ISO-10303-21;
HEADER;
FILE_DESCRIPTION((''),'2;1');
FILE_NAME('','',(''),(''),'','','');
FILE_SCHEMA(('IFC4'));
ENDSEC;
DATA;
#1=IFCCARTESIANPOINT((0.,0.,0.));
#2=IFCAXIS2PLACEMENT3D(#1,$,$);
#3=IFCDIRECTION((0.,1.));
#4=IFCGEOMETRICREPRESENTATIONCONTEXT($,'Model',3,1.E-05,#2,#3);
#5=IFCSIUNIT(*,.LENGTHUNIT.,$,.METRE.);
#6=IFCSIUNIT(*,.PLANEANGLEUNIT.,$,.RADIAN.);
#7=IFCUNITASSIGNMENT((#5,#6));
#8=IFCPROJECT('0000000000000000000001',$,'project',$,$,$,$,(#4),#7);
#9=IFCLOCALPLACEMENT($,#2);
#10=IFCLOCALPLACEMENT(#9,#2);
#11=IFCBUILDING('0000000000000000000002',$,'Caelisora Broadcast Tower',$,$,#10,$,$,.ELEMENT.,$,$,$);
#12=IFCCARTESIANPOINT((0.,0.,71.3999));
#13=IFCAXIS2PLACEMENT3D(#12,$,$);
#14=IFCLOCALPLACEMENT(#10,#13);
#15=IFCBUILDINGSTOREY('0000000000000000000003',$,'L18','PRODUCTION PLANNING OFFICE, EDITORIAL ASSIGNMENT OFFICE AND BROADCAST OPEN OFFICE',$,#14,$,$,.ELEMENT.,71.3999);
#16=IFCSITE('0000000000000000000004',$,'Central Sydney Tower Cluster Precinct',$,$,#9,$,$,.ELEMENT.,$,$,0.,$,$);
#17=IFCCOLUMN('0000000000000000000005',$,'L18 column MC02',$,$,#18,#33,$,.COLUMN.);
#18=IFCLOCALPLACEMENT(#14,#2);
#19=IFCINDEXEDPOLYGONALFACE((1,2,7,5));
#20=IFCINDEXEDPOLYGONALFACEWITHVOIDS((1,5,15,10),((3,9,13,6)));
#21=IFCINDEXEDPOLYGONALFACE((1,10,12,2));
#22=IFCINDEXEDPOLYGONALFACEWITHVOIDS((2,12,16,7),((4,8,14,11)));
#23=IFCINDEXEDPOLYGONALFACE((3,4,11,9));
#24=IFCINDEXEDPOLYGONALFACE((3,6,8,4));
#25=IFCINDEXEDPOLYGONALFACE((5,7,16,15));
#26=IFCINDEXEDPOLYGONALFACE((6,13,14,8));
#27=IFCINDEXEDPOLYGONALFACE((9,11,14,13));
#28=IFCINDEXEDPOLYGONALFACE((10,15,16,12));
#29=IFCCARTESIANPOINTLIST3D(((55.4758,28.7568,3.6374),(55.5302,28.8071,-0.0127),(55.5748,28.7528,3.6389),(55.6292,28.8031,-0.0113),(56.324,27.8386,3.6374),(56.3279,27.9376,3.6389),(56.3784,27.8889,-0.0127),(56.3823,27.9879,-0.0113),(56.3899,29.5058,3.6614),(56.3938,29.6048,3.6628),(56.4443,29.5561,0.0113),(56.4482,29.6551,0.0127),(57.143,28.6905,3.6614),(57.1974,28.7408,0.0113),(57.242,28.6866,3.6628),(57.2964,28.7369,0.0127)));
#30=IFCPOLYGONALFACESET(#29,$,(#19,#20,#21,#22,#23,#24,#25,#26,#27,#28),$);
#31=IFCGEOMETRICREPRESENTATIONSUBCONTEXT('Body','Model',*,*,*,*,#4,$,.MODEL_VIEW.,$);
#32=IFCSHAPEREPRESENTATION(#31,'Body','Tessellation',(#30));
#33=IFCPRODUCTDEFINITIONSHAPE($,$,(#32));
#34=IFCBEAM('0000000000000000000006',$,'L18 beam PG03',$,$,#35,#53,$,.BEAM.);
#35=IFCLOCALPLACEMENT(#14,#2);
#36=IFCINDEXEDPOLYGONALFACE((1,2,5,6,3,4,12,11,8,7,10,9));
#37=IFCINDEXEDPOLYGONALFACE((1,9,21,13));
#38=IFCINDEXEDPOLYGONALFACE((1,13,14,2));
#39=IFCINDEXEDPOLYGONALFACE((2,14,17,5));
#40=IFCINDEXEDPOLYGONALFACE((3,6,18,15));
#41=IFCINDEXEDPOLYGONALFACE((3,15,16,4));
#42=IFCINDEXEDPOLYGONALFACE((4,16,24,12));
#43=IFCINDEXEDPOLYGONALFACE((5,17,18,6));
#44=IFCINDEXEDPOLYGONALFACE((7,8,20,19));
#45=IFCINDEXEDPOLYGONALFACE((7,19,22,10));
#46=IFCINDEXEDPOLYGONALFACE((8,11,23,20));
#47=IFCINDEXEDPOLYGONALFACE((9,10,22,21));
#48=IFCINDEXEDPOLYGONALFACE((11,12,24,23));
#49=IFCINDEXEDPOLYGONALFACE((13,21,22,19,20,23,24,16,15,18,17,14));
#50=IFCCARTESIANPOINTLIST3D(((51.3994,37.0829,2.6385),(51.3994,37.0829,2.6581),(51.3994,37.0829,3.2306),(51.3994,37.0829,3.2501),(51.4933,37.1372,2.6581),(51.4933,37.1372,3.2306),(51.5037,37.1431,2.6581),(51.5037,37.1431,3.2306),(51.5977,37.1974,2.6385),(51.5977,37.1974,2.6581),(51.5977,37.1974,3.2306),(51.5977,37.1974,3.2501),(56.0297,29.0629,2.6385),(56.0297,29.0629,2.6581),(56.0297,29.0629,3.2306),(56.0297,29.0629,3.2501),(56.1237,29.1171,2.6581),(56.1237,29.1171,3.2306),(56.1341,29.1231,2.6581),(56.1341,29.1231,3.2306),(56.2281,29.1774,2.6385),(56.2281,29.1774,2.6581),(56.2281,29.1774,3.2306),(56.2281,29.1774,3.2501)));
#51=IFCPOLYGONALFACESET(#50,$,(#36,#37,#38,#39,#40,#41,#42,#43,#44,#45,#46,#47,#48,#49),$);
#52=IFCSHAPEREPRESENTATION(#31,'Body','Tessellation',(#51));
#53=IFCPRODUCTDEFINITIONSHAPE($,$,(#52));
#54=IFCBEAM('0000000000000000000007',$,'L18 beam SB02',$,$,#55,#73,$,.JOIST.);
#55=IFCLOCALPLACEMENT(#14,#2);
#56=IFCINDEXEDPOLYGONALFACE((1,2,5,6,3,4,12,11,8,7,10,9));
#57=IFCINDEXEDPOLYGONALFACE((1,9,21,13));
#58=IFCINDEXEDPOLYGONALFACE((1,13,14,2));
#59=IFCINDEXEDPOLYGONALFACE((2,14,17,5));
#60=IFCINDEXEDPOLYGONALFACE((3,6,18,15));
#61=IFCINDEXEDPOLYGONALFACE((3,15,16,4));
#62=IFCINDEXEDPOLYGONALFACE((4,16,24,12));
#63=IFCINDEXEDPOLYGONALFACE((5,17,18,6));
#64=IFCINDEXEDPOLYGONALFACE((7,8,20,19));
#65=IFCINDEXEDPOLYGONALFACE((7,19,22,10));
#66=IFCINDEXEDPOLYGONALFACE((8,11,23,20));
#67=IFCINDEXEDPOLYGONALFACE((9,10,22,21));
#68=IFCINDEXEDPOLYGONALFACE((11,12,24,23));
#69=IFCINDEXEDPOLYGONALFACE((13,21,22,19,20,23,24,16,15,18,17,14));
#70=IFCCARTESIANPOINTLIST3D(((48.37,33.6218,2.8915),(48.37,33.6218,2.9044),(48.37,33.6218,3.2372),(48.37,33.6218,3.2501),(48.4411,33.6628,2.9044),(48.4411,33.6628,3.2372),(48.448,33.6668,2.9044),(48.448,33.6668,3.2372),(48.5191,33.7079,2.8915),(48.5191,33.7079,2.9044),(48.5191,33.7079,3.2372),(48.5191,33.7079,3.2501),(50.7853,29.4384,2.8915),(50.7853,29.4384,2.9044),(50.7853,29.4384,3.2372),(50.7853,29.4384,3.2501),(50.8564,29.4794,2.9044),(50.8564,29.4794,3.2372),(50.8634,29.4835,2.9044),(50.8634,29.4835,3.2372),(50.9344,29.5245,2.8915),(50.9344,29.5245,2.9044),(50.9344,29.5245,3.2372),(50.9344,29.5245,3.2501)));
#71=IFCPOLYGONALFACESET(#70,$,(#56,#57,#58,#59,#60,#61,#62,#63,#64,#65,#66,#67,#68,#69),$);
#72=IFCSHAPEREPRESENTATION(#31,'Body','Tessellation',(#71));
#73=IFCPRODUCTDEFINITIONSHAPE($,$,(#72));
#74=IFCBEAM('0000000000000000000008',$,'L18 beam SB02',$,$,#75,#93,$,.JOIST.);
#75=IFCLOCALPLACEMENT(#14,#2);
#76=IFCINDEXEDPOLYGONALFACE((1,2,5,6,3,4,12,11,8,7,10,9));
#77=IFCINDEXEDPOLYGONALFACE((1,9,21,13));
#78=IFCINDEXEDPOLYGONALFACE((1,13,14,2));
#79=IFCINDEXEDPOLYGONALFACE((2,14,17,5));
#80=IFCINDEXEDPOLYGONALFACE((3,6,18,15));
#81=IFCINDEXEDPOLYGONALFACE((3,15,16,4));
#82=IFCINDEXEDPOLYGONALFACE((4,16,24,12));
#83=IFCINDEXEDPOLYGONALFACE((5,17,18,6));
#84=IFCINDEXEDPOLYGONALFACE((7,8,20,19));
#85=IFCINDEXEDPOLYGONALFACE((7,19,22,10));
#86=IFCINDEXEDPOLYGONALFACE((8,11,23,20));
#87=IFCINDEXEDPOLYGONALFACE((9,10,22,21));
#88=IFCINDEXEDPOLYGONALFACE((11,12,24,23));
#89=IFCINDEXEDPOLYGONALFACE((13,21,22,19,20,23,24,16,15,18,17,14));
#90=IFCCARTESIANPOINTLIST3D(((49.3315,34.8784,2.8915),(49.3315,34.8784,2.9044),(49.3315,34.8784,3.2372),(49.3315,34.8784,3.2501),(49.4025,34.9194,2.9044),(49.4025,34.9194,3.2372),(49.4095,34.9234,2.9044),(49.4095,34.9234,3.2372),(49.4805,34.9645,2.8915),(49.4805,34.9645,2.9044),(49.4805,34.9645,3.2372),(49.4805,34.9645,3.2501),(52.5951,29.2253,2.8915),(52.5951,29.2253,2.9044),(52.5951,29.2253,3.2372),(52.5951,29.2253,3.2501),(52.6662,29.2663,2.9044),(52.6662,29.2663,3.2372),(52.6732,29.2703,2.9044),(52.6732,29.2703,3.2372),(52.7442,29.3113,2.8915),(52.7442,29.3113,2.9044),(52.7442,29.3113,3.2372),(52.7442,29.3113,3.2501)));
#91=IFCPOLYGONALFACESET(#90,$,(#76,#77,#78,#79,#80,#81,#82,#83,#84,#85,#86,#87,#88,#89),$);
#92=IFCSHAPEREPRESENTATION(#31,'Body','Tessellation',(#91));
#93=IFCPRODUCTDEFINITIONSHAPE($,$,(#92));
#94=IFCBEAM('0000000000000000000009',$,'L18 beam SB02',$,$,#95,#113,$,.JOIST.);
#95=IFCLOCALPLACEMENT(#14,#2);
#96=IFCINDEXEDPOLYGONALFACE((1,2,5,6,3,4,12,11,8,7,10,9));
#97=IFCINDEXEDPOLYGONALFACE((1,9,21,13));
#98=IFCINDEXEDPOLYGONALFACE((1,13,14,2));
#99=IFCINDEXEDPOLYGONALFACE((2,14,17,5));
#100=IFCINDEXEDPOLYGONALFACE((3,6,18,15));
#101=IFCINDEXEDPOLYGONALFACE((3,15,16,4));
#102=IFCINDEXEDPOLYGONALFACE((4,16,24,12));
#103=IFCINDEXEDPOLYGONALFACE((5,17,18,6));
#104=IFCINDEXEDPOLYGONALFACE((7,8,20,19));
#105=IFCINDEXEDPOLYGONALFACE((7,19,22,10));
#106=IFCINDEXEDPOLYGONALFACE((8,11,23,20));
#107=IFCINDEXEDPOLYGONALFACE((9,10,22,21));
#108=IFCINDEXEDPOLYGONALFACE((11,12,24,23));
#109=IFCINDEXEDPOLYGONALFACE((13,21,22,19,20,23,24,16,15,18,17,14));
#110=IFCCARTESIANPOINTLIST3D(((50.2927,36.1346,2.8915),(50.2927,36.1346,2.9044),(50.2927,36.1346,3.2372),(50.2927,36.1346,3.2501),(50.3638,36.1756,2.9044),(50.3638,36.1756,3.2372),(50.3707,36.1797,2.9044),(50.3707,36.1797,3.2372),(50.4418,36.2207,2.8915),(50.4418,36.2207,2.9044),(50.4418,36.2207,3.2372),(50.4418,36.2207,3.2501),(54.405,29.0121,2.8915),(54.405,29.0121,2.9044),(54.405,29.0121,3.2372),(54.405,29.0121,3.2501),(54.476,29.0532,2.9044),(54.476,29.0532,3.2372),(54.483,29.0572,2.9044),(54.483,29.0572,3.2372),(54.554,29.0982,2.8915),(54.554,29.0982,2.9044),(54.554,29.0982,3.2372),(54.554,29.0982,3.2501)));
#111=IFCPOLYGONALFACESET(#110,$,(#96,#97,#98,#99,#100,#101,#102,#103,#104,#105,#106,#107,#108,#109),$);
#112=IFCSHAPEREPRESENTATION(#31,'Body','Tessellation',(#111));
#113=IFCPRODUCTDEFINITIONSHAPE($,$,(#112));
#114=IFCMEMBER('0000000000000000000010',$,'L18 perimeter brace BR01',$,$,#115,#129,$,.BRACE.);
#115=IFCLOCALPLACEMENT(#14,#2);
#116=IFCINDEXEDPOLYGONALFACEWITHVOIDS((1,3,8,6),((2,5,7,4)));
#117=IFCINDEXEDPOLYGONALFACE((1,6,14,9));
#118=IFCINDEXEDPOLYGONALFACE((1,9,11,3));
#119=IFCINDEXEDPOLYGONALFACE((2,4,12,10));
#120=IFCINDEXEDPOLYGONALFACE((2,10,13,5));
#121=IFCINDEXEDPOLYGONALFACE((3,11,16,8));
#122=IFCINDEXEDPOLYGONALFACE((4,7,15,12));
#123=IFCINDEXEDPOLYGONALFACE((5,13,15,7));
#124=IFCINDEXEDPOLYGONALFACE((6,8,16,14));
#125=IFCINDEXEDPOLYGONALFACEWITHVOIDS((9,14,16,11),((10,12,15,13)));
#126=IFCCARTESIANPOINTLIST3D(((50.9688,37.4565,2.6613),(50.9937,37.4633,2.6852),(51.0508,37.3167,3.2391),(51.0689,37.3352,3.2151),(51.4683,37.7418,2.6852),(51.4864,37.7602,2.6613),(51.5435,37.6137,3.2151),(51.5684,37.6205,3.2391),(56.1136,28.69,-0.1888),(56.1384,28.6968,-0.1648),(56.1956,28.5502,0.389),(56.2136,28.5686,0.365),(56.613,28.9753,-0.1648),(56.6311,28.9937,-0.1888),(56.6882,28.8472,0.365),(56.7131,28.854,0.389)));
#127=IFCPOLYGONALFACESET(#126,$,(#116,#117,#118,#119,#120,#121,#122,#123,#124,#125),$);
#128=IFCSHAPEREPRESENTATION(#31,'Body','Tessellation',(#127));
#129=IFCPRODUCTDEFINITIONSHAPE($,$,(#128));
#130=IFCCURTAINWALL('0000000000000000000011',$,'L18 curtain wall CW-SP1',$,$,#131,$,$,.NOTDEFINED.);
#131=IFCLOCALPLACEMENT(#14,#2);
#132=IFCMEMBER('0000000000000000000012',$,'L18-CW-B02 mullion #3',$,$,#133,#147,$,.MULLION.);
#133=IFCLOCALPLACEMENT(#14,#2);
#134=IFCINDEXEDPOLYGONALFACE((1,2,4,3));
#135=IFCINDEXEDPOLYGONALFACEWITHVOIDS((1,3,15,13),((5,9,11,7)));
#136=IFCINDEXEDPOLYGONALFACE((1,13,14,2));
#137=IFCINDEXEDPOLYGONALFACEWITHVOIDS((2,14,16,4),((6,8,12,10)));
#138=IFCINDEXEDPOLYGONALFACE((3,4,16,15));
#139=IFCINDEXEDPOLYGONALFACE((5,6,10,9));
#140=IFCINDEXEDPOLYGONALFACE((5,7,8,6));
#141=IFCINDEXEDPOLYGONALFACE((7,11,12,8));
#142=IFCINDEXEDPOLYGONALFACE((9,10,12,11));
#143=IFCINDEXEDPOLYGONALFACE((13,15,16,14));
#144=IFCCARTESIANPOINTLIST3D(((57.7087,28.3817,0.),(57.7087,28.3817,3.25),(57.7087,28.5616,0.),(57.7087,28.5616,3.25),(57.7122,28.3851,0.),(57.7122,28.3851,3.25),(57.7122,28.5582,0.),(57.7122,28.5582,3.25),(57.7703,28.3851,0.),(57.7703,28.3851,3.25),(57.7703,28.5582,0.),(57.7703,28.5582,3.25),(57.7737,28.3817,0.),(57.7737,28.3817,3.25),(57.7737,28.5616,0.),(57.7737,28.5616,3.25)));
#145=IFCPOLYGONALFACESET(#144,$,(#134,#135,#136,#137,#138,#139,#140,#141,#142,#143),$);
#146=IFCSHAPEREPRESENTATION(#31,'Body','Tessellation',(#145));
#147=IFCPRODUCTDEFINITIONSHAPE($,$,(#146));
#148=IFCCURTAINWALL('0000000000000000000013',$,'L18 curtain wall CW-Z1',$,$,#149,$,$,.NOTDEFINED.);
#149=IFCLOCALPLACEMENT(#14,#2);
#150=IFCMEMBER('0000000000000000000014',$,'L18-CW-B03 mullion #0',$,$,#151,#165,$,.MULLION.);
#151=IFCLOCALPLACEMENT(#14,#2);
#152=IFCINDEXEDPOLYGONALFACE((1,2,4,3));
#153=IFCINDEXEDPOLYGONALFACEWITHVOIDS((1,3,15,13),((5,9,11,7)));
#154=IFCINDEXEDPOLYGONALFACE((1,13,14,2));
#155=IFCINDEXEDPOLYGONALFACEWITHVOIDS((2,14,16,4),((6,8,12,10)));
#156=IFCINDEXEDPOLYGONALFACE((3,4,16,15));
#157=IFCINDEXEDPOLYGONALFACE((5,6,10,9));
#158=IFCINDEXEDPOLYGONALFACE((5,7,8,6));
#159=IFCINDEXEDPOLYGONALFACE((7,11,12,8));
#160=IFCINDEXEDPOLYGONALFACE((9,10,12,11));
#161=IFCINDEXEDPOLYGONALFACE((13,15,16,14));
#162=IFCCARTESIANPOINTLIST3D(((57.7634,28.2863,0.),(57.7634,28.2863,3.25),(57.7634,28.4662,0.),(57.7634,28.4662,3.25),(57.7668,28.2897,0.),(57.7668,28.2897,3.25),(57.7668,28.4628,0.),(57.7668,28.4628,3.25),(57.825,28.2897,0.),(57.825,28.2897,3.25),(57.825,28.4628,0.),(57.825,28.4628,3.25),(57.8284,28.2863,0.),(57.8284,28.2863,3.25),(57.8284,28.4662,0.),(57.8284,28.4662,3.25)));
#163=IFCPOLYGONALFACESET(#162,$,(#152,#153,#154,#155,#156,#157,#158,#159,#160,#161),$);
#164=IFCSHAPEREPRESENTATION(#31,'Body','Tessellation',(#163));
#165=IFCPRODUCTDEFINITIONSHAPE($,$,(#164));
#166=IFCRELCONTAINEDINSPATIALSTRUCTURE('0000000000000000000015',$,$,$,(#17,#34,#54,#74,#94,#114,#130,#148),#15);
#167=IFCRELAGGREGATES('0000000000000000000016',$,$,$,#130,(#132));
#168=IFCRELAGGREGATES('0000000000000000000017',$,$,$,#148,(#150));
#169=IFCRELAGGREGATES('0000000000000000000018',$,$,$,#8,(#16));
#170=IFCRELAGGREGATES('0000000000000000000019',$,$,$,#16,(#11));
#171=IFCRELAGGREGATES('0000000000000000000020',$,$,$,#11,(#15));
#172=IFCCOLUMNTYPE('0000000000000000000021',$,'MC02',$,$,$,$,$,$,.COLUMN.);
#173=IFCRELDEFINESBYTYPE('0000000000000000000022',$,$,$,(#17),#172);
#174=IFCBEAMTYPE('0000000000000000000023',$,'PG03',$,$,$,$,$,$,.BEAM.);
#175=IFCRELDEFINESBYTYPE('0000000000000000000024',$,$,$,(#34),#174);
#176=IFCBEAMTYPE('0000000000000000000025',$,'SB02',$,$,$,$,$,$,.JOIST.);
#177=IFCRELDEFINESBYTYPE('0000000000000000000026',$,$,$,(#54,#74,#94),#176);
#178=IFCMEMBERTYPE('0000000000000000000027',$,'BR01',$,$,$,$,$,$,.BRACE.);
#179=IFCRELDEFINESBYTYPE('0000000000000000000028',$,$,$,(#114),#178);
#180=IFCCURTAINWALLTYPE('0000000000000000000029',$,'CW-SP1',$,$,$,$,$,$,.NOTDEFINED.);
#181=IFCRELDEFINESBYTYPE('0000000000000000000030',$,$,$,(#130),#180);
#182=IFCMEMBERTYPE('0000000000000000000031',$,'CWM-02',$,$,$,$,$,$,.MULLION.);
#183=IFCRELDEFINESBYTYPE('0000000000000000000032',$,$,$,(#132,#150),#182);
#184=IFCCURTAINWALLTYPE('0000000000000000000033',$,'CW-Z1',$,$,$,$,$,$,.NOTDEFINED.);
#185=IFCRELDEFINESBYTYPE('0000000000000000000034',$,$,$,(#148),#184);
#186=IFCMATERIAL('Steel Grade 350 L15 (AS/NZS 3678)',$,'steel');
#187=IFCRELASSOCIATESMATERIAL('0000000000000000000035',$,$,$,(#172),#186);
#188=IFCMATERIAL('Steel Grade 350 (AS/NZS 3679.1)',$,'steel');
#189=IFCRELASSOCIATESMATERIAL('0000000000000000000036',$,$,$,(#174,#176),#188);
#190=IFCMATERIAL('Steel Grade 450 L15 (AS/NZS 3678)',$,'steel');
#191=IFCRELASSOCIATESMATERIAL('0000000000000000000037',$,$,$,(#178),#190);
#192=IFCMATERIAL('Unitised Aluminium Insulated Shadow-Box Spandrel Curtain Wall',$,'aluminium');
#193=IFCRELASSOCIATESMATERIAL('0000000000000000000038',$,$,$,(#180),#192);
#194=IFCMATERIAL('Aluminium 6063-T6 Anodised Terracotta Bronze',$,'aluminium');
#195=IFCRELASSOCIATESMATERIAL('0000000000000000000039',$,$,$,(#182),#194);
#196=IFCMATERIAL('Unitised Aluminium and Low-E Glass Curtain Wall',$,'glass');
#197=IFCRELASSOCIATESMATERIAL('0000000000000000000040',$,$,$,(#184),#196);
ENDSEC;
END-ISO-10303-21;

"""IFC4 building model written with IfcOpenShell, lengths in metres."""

from ifc_helpers import new_model, si_unit, direction, frame, origin, origin_2d, place, context, subcontext, project, spatial, hollow_rectangle, i_section, extrude, source, transform, mapped, material, material_profile, profile_set, type_object, type_shapes, element, aggregate, save


model = new_model("IFC4")

# Units and contexts
model_context = context("Model", 3, precision=1e-05, world=origin(), true_north=direction((0.0, 1.0)))
body_context = subcontext(model_context, "Body", "Model", "MODEL_VIEW")
ifc_project = project(units=[si_unit("LENGTHUNIT", "METRE"), si_unit("PLANEANGLEUNIT", "RADIAN")], contexts=[model_context])

# Site, building, storey
site_placement = place(None, origin())
site = spatial("IfcSite", under=ifc_project, at=site_placement, Name="Central Sydney Tower Cluster Precinct", CompositionType="ELEMENT", RefElevation=0.0)
building_placement = place(site_placement, origin())
building = spatial("IfcBuilding", under=site, at=building_placement, Name="Caelisora Broadcast Tower", CompositionType="ELEMENT")
storey_placement = place(building_placement, frame((0.0, 0.0, 71.3999)))
storey = spatial("IfcBuildingStorey", under=building, at=storey_placement, Name="L18", Description="PRODUCTION PLANNING OFFICE, EDITORIAL ASSIGNMENT OFFICE AND BROADCAST OPEN OFFICE", CompositionType="ELEMENT", Elevation=71.3999)

# Column
ifc_material_1 = material(Name="Steel Grade 350 L15 (AS/NZS 3678)", Category="steel")
ifc_material_profile_1 = material_profile(ifc_material_1, hollow_rectangle(XDim=1.25, YDim=1.25, WallThickness=0.0701, at=origin_2d()), Name="Steel Grade 350 L15 (AS/NZS 3678)")
ifc_profile_set_1 = profile_set([ifc_material_profile_1], Name="Steel Grade 350 L15 (AS/NZS 3678)")
column_type = type_object("IfcColumnType", Name="MC02", PredefinedType="COLUMN", material=ifc_profile_set_1)
shared_shape_1 = source(origin(), body_context, "Body", "SweptSolid", [
    extrude(hollow_rectangle(XDim=1.25, YDim=1.25, WallThickness=0.0701, at=origin_2d()), origin(), (0.0, 0.0, 1.0), 3.6509),
])
type_shapes(column_type, [shared_shape_1])
column_placement = place(storey_placement, frame((56.4133, 28.772, 0.0), z_axis=(-0.014912, -0.013776, 0.999794), x_axis=(0.678554, -0.734551, 0.0)))
element("IfcColumn", 1, at=column_placement, inside=storey, type_object=column_type, Name="L18 column MC02", PredefinedType="COLUMN", context=body_context, shape_type="MappedRepresentation", body=[
    mapped(shared_shape_1, transform((0.0, 0.0, 0.0), scale=1.0)),
])

# Beams
ifc_material_2 = material(Name="Steel Grade 350 (AS/NZS 3679.1)", Category="steel")
ifc_material_profile_2 = material_profile(ifc_material_2, i_section(OverallWidth=0.229, OverallDepth=0.6116, WebThickness=0.012, FlangeThickness=0.0195, at=origin_2d()), Name="Steel Grade 350 (AS/NZS 3679.1)")
ifc_profile_set_2 = profile_set([ifc_material_profile_2], Name="Steel Grade 350 (AS/NZS 3679.1)")
beam_type_1 = type_object("IfcBeamType", Name="PG03", PredefinedType="BEAM", material=ifc_profile_set_2)
shared_shape_2 = source(origin(), body_context, "Body", "SweptSolid", [
    extrude(i_section(OverallWidth=0.229, OverallDepth=0.6116, WebThickness=0.012, FlangeThickness=0.0195, at=origin_2d()), origin(), (0.0, 0.0, 1.0), 9.2607),
])
type_shapes(beam_type_1, [shared_shape_2])
beam_1_placement = place(storey_placement, frame((56.1289, 29.1201, 2.9443), z_axis=(-0.500001, 0.866025, 0.0), x_axis=(-0.866025, -0.500001, 0.0)))
element("IfcBeam", 2, at=beam_1_placement, inside=storey, type_object=beam_type_1, Name="L18 beam PG03", PredefinedType="BEAM", context=body_context, shape_type="MappedRepresentation", body=[
    mapped(shared_shape_2, transform((0.0, 0.0, 0.0), scale=1.0)),
])
ifc_material_profile_3 = material_profile(ifc_material_2, i_section(OverallWidth=0.1721, OverallDepth=0.3586, WebThickness=0.0081, FlangeThickness=0.0129, at=origin_2d()), Name="Steel Grade 350 (AS/NZS 3679.1)")
ifc_profile_set_3 = profile_set([ifc_material_profile_3], Name="Steel Grade 350 (AS/NZS 3679.1)")
beam_type_2 = type_object("IfcBeamType", Name="SB02", PredefinedType="JOIST", material=ifc_profile_set_3)
shared_shape_3 = source(origin(), body_context, "Body", "SweptSolid", [
    extrude(i_section(OverallWidth=0.1721, OverallDepth=0.3586, WebThickness=0.0081, FlangeThickness=0.0129, at=origin_2d()), origin(), (0.0, 0.0, 1.0), 4.8306),
])
beam_2_placement = place(storey_placement, frame((50.8599, 29.4814, 3.0708), z_axis=(-0.500004, 0.866023, 0.0), x_axis=(-0.866023, -0.500004, 0.0)))
element("IfcBeam", 3, at=beam_2_placement, inside=storey, type_object=beam_type_2, Name="L18 beam SB02", PredefinedType="JOIST", context=body_context, shape_type="MappedRepresentation", body=[
    mapped(shared_shape_3, transform((0.0, 0.0, 0.0), scale=1.0)),
])
shared_shape_4 = source(origin(), body_context, "Body", "SweptSolid", [
    extrude(i_section(OverallWidth=0.1721, OverallDepth=0.3586, WebThickness=0.0081, FlangeThickness=0.0129, at=origin_2d()), origin(), (0.0, 0.0, 1.0), 6.5276),
])
beam_3_placement = place(storey_placement, frame((52.6697, 29.2683, 3.0708), z_axis=(-0.499985, 0.866034, 0.0), x_axis=(-0.866034, -0.499985, 0.0)))
element("IfcBeam", 4, at=beam_3_placement, inside=storey, type_object=beam_type_2, Name="L18 beam SB02", PredefinedType="JOIST", context=body_context, shape_type="MappedRepresentation", body=[
    mapped(shared_shape_4, transform((0.0, 0.0, 0.0), scale=1.0)),
])
shared_shape_5 = source(origin(), body_context, "Body", "SweptSolid", [
    extrude(i_section(OverallWidth=0.1721, OverallDepth=0.3586, WebThickness=0.0081, FlangeThickness=0.0129, at=origin_2d()), origin(), (0.0, 0.0, 1.0), 8.2244),
])
type_shapes(beam_type_2, [shared_shape_3, shared_shape_4, shared_shape_5])
beam_4_placement = place(storey_placement, frame((54.4795, 29.0552, 3.0708), z_axis=(-0.500009, 0.86602, 0.0), x_axis=(-0.86602, -0.500009, 0.0)))
element("IfcBeam", 5, at=beam_4_placement, inside=storey, type_object=beam_type_2, Name="L18 beam SB02", PredefinedType="JOIST", context=body_context, shape_type="MappedRepresentation", body=[
    mapped(shared_shape_5, transform((0.0, 0.0, 0.0), scale=1.0)),
])

# Member
ifc_material_3 = material(Name="Steel Grade 450 L15 (AS/NZS 3678)", Category="steel")
ifc_material_profile_4 = material_profile(ifc_material_3, hollow_rectangle(XDim=0.6001, YDim=0.6001, WallThickness=0.0249, at=origin_2d()), Name="Steel Grade 450 L15 (AS/NZS 3678)")
ifc_profile_set_4 = profile_set([ifc_material_profile_4], Name="Steel Grade 450 L15 (AS/NZS 3678)")
member_type_1 = type_object("IfcMemberType", Name="BR01", PredefinedType="BRACE", material=ifc_profile_set_4)
shared_shape_6 = source(origin(), body_context, "Body", "SweptSolid", [
    extrude(hollow_rectangle(XDim=0.6001, YDim=0.6001, WallThickness=0.0249, at=origin_2d()), origin(), (0.0, 0.0, 1.0), 10.5566),
])
type_shapes(member_type_1, [shared_shape_6])
member_1_placement = place(storey_placement, frame((56.4133, 28.772, 0.1001), z_axis=(-0.487344, 0.830426, 0.269979), x_axis=(-0.862452, -0.506139, 0.0)))
element("IfcMember", 6, at=member_1_placement, inside=storey, type_object=member_type_1, Name="L18 perimeter brace BR01", PredefinedType="BRACE", context=body_context, shape_type="MappedRepresentation", body=[
    mapped(shared_shape_6, transform((0.0, 0.0, 0.0), scale=1.0)),
])

# Curtain wall, member
ifc_material_4 = material(Name="Unitised Aluminium Insulated Shadow-Box Spandrel Curtain Wall", Category="aluminium")
curtain_wall_type_1 = type_object("IfcCurtainWallType", Name="CW-SP1", PredefinedType="NOTDEFINED", material=ifc_material_4)
curtain_wall_1_placement = place(storey_placement, origin())
curtain_wall_1 = element("IfcCurtainWall", 7, at=curtain_wall_1_placement, inside=storey, type_object=curtain_wall_type_1, Name="L18 curtain wall CW-SP1", PredefinedType="NOTDEFINED")
ifc_material_5 = material(Name="Aluminium 6063-T6 Anodised Terracotta Bronze", Category="aluminium")
ifc_material_profile_5 = material_profile(ifc_material_5, hollow_rectangle(XDim=0.0649, YDim=0.1799, WallThickness=0.0034, at=origin_2d()), Name="Aluminium 6063-T6 Anodised Terracotta Bronze")
ifc_profile_set_5 = profile_set([ifc_material_profile_5], Name="Aluminium 6063-T6 Anodised Terracotta Bronze")
member_type_2 = type_object("IfcMemberType", Name="CWM-02", PredefinedType="MULLION", material=ifc_profile_set_5)
shared_shape_7 = source(origin(), body_context, "Body", "SweptSolid", [
    extrude(hollow_rectangle(XDim=0.0649, YDim=0.1799, WallThickness=0.0034, at=origin_2d()), origin(), (0.0, 0.0, 1.0), 3.25),
])
type_shapes(member_type_2, [shared_shape_7])
member_2_placement = place(storey_placement, frame((57.7412, 28.4717, 0.0), z_axis=(0.0, 0.0, 1.0), x_axis=(1.0, 0.0, 0.0)))
member_2 = element("IfcMember", 8, at=member_2_placement, type_object=member_type_2, Name="L18-CW-B02 mullion #3", PredefinedType="MULLION", context=body_context, shape_type="MappedRepresentation", body=[
    mapped(shared_shape_7, transform((0.0, 0.0, 0.0), scale=1.0)),
])
aggregate(curtain_wall_1, [member_2])

# Curtain wall, member
ifc_material_6 = material(Name="Unitised Aluminium and Low-E Glass Curtain Wall", Category="glass")
curtain_wall_type_2 = type_object("IfcCurtainWallType", Name="CW-Z1", PredefinedType="NOTDEFINED", material=ifc_material_6)
curtain_wall_2_placement = place(storey_placement, origin())
curtain_wall_2 = element("IfcCurtainWall", 9, at=curtain_wall_2_placement, inside=storey, type_object=curtain_wall_type_2, Name="L18 curtain wall CW-Z1", PredefinedType="NOTDEFINED")
member_3_placement = place(storey_placement, frame((57.7959, 28.3762, 0.0), z_axis=(0.0, 0.0, 1.0), x_axis=(1.0, 0.0, 0.0)))
member_3 = element("IfcMember", 10, at=member_3_placement, type_object=member_type_2, Name="L18-CW-B03 mullion #0", PredefinedType="MULLION", context=body_context, shape_type="MappedRepresentation", body=[
    mapped(shared_shape_7, transform((0.0, 0.0, 0.0), scale=1.0)),
])

aggregate(curtain_wall_2, [member_3])

save(model, "model.ifc")
